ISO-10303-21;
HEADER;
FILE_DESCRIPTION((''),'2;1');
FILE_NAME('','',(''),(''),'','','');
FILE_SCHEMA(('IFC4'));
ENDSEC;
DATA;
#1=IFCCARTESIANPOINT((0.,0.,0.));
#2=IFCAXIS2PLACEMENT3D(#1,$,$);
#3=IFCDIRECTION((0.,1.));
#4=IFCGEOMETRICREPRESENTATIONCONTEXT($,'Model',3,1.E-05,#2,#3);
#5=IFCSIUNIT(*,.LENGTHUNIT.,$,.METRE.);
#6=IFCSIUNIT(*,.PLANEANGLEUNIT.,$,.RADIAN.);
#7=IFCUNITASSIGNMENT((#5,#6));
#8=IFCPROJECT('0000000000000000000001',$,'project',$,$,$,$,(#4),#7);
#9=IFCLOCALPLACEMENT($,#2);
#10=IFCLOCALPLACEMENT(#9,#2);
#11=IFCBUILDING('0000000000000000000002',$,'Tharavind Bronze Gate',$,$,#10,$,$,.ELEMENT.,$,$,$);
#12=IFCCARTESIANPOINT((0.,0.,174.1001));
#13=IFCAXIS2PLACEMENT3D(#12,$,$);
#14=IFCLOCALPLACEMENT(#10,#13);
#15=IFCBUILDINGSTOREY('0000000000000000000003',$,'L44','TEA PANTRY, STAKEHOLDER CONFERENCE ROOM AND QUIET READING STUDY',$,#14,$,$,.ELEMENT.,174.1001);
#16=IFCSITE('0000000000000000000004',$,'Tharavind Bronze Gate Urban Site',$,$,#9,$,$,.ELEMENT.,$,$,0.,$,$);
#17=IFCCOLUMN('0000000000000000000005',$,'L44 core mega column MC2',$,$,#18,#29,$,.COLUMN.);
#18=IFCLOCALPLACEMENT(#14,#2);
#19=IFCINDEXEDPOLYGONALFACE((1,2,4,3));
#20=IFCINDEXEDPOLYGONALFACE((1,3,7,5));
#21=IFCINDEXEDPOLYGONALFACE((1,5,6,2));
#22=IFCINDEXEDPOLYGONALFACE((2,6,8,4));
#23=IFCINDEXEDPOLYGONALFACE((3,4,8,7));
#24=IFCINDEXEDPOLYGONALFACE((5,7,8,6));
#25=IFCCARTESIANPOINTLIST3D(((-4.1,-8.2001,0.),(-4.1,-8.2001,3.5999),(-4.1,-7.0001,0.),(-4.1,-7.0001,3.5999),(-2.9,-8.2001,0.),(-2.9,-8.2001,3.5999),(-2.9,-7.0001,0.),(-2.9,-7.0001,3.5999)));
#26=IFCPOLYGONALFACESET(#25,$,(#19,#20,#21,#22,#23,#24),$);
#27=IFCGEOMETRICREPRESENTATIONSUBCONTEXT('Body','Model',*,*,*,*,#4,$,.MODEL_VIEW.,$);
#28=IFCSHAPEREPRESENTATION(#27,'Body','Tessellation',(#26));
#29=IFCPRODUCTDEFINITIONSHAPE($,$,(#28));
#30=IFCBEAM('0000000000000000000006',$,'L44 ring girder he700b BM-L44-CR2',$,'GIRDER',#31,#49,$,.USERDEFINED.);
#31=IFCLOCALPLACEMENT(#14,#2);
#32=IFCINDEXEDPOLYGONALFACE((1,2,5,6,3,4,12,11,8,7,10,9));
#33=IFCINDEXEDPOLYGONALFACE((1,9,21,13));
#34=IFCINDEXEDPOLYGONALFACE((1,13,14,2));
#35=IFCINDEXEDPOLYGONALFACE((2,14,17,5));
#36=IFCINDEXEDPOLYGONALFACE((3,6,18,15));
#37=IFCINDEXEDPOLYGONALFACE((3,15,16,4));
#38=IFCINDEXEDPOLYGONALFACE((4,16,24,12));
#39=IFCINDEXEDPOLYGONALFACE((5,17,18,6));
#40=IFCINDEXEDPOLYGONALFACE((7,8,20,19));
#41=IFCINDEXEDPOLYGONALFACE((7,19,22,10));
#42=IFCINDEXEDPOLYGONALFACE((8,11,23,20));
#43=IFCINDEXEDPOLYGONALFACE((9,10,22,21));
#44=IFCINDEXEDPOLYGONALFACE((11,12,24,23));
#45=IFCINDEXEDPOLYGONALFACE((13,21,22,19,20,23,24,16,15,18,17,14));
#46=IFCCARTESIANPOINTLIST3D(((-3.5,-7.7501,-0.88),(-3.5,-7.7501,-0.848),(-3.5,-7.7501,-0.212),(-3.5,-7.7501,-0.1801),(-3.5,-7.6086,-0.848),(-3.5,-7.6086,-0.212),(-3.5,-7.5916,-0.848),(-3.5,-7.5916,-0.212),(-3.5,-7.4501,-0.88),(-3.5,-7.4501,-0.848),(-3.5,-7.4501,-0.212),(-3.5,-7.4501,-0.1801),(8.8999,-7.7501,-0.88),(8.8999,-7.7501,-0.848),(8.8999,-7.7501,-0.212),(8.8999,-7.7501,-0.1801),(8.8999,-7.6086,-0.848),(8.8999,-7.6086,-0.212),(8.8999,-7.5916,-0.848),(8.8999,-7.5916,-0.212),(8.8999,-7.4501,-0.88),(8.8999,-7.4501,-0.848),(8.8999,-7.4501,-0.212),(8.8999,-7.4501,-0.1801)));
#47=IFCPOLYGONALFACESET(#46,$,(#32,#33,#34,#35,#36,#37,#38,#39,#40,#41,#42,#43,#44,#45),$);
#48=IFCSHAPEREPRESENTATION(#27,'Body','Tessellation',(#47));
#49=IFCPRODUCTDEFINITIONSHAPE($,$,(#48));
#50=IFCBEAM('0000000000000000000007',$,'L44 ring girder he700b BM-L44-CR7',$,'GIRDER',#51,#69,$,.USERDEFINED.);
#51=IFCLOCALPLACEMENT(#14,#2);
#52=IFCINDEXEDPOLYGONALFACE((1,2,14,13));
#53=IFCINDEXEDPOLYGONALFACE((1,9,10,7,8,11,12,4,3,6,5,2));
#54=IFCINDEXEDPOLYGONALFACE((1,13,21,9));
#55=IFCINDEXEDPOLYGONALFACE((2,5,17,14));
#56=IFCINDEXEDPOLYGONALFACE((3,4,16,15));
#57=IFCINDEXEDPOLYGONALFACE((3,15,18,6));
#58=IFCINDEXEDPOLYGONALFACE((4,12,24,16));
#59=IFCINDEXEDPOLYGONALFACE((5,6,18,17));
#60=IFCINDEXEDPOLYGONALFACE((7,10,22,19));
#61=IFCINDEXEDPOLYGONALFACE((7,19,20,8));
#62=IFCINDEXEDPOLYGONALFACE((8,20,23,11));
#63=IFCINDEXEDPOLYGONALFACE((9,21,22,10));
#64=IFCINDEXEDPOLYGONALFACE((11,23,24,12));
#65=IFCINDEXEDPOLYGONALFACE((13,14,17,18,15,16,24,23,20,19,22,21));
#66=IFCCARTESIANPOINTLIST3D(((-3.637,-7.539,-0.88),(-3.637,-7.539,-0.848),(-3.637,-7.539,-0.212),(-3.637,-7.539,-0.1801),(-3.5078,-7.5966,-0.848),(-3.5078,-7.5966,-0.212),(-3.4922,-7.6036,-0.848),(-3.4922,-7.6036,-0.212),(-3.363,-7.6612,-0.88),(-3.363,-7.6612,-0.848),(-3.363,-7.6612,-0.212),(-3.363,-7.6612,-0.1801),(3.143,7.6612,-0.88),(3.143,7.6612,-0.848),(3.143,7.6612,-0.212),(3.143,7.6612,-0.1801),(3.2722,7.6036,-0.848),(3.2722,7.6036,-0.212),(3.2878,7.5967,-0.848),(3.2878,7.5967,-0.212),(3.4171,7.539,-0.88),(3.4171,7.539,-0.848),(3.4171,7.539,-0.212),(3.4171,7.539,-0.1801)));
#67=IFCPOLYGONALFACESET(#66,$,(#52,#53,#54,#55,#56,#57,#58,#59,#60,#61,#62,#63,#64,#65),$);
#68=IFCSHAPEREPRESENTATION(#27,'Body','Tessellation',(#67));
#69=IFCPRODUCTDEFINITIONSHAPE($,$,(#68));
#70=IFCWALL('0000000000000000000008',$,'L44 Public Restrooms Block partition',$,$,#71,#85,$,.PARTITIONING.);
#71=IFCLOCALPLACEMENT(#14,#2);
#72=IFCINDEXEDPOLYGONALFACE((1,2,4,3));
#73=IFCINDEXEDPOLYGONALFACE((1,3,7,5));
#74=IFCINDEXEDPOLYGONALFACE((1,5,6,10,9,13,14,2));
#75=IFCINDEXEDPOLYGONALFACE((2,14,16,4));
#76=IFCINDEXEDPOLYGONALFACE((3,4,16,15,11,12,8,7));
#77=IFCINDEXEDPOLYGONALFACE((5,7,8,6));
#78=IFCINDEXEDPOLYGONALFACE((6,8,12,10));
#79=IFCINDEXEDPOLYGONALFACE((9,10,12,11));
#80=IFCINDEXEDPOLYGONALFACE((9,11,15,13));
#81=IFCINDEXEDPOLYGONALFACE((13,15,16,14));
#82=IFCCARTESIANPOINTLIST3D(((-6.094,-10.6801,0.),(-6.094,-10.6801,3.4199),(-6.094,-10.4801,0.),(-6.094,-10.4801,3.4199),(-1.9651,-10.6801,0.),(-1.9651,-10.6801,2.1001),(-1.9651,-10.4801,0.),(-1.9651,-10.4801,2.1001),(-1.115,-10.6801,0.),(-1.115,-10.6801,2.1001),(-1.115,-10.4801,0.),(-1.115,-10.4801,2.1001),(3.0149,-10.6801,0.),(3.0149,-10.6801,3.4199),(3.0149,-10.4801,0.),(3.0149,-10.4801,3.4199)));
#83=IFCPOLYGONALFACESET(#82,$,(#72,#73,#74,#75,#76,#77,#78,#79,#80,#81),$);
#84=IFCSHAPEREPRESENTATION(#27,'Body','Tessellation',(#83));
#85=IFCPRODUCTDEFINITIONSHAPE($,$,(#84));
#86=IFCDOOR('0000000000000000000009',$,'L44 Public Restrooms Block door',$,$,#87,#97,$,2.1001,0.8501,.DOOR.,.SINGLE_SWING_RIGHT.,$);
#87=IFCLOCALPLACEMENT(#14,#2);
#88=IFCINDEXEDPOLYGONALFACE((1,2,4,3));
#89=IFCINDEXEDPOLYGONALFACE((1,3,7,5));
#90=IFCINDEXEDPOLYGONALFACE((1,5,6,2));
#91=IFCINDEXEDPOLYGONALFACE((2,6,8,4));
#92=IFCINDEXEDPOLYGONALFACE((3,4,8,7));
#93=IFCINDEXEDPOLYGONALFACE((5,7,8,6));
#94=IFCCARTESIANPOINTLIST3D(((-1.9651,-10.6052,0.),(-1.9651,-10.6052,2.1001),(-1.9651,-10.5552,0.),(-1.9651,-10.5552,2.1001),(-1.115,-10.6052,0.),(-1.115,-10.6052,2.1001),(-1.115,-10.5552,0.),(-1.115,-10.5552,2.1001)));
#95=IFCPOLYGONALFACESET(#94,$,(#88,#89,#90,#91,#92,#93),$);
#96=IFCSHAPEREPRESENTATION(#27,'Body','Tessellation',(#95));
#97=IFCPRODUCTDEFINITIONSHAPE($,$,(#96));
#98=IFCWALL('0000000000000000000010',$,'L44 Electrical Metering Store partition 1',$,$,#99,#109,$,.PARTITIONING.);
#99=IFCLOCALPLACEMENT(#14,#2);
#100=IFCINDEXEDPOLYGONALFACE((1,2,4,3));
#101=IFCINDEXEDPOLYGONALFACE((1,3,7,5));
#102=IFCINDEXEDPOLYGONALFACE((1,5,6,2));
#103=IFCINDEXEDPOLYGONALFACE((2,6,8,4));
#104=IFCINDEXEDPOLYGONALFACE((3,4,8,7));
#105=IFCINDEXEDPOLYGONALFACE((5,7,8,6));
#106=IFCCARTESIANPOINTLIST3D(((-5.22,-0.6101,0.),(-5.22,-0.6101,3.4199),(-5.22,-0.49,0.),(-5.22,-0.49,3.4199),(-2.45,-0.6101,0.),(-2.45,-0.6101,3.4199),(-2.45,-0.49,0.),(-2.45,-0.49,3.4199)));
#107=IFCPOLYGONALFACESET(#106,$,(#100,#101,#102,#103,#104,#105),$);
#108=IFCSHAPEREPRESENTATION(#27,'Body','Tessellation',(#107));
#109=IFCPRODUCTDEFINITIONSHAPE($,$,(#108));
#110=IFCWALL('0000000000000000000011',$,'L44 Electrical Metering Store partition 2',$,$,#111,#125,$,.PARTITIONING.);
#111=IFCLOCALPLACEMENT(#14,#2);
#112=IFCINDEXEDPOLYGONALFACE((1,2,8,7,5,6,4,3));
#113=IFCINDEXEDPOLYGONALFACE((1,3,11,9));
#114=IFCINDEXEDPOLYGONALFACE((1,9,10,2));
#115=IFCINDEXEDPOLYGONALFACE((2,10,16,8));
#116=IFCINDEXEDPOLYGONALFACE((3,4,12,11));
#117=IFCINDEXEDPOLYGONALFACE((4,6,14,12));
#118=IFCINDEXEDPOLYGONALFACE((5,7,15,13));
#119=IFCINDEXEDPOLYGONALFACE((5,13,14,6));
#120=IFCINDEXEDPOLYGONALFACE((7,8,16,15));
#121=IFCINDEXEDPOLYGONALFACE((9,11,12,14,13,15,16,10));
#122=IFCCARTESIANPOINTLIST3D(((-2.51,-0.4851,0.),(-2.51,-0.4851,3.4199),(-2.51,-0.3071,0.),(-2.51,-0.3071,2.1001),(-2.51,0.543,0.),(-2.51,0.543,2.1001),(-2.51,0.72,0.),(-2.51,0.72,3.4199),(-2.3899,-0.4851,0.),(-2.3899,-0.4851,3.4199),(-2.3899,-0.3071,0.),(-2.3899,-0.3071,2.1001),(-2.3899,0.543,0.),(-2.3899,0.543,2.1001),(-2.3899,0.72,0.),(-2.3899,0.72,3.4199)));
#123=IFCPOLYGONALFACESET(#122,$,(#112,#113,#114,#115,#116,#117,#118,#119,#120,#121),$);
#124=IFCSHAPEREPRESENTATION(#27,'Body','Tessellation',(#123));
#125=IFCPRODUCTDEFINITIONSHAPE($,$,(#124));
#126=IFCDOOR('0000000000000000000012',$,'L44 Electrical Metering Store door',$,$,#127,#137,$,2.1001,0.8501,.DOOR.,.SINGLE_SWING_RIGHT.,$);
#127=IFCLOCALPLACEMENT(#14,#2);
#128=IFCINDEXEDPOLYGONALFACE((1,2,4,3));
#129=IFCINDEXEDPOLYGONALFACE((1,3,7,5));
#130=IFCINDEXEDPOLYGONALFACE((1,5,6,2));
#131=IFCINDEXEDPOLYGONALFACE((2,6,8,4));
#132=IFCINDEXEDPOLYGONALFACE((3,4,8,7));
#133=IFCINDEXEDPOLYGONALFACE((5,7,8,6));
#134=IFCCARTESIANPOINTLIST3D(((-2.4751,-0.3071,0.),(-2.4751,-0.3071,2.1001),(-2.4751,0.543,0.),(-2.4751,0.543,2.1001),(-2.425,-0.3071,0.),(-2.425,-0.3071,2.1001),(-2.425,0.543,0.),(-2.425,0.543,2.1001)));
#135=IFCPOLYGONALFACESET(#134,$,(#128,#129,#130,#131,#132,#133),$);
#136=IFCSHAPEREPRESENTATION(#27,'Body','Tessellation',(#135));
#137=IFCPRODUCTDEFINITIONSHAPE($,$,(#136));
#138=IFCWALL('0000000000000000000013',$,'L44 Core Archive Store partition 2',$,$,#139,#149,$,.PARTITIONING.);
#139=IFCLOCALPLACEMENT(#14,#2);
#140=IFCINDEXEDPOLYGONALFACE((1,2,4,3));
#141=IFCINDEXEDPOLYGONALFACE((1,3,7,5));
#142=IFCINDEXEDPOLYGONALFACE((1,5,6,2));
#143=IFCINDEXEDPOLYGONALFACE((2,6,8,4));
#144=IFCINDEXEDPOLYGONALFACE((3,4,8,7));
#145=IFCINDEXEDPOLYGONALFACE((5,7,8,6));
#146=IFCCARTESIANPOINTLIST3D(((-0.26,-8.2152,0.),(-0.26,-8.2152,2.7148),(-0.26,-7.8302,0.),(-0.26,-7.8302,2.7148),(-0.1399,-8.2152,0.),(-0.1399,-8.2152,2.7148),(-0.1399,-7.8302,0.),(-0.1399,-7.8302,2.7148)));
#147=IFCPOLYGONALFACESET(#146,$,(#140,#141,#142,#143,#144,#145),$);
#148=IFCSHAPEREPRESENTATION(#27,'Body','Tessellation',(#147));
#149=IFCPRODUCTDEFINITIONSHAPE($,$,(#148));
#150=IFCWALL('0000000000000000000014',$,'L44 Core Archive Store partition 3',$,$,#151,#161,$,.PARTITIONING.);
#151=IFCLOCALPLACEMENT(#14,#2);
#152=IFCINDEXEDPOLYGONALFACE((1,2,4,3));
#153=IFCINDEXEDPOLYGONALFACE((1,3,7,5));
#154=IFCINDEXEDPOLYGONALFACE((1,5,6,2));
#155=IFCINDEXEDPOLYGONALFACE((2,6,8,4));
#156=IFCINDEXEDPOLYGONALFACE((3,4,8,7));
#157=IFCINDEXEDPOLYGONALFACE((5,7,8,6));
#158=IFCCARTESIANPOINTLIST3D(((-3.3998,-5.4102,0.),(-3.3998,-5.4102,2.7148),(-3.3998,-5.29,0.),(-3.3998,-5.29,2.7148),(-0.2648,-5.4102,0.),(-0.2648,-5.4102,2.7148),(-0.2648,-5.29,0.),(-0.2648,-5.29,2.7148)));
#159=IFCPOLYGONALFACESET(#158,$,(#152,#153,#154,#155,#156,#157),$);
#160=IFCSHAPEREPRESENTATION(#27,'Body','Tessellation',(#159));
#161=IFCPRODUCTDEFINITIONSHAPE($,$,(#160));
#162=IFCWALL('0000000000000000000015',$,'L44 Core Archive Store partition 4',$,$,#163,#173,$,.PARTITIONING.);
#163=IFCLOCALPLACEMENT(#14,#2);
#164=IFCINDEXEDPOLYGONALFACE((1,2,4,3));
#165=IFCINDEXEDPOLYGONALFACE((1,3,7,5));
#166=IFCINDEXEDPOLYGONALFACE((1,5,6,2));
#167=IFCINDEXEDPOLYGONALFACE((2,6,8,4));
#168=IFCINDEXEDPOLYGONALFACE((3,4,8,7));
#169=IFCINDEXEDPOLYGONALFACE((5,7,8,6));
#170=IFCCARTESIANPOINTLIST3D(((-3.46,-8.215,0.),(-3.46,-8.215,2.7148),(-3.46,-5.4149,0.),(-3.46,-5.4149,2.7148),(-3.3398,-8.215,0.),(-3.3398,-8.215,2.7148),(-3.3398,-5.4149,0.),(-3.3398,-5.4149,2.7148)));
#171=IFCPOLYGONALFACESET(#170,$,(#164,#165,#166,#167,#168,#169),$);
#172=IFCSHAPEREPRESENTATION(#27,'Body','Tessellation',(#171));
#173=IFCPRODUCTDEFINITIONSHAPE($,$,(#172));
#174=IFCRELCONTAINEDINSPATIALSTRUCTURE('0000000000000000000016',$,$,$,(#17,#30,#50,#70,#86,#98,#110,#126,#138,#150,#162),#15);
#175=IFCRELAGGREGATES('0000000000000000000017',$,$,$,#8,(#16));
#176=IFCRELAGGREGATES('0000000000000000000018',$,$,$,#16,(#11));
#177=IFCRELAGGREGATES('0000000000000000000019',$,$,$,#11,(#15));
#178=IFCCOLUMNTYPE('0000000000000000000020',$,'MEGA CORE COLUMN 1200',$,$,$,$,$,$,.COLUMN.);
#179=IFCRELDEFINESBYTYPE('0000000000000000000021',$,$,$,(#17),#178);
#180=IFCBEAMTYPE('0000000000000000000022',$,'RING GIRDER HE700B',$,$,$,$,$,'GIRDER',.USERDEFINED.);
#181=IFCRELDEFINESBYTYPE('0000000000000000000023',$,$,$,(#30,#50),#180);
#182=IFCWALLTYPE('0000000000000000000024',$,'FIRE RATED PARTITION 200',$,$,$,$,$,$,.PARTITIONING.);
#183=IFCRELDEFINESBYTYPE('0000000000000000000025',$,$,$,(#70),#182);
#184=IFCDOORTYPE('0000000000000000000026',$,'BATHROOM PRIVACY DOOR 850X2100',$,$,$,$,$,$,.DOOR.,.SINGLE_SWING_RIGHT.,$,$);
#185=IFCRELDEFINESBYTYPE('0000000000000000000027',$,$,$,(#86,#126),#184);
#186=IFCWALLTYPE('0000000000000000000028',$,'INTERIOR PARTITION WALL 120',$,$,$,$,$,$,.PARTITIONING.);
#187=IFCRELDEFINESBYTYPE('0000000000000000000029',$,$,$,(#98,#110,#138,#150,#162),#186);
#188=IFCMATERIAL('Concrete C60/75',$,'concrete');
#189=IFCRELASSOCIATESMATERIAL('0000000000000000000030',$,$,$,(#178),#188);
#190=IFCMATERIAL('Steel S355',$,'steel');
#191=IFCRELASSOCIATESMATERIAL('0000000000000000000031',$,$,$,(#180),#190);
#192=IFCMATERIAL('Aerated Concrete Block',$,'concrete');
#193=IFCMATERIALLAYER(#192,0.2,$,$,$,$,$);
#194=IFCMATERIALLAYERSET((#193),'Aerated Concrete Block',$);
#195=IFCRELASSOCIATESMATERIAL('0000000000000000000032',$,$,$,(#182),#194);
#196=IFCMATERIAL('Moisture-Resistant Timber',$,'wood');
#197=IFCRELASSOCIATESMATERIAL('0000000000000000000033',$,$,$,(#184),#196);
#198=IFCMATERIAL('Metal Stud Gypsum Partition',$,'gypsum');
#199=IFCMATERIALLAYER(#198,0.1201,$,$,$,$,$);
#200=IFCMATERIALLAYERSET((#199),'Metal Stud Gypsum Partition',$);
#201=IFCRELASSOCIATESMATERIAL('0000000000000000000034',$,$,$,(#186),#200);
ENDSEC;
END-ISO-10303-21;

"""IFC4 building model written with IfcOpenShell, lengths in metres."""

from ifc_helpers import new_model, si_unit, direction, frame, frame_2d, origin, origin_2d, place, context, subcontext, project, spatial, rectangle, i_section, extrude, material, layer, layer_set, material_profile, profile_set, type_object, element, fill, save


model = new_model("IFC4")

# Units and contexts
model_context = context("Model", 3, precision=1e-05, world=origin(), true_north=direction((0.0, 1.0)))
body_context = subcontext(model_context, "Body", "Model", "MODEL_VIEW")
ifc_project = project(units=[si_unit("LENGTHUNIT", "METRE"), si_unit("PLANEANGLEUNIT", "RADIAN")], contexts=[model_context])

# Site, building, storey
site_placement = place(None, origin())
site = spatial("IfcSite", under=ifc_project, at=site_placement, Name="Tharavind Bronze Gate Urban Site", CompositionType="ELEMENT", RefElevation=0.0)
building_placement = place(site_placement, origin())
building = spatial("IfcBuilding", under=site, at=building_placement, Name="Tharavind Bronze Gate", CompositionType="ELEMENT")
storey_placement = place(building_placement, frame((0.0, 0.0, 174.1001)))
storey = spatial("IfcBuildingStorey", under=building, at=storey_placement, Name="L44", Description="TEA PANTRY, STAKEHOLDER CONFERENCE ROOM AND QUIET READING STUDY", CompositionType="ELEMENT", Elevation=174.1001)

# Column
ifc_material_1 = material(Name="Concrete C60/75", Category="concrete")
ifc_material_profile_1 = material_profile(ifc_material_1, rectangle(XDim=1.2, YDim=1.2, at=origin_2d()), Name="RCCOL1200")
ifc_profile_set_1 = profile_set([ifc_material_profile_1], Name="Concrete C60/75")
column_type = type_object("IfcColumnType", Name="MEGA CORE COLUMN 1200", PredefinedType="COLUMN", material=ifc_profile_set_1)
column_placement = place(storey_placement, frame((-3.5, -7.6001, 0.0), z_axis=(0.0, 0.0, 1.0), x_axis=(1.0, 0.0, 0.0)))
element("IfcColumn", 1, at=column_placement, inside=storey, type_object=column_type, Name="L44 core mega column MC2", PredefinedType="COLUMN", context=body_context, shape_type="SweptSolid", body=[
    extrude(rectangle(XDim=1.2, YDim=1.2, at=origin_2d()), origin(), (0.0, 0.0, 1.0), 3.5999),
])

# Beams
ifc_material_2 = material(Name="Steel S355", Category="steel")
ifc_material_profile_2 = material_profile(ifc_material_2, i_section(OverallWidth=0.3, OverallDepth=0.7, WebThickness=0.0171, FlangeThickness=0.032, at=origin_2d()), Name="HE700B")
ifc_profile_set_2 = profile_set([ifc_material_profile_2], Name="Steel S355")
beam_type = type_object("IfcBeamType", Name="RING GIRDER HE700B", ElementType="GIRDER", PredefinedType="USERDEFINED", material=ifc_profile_set_2)
beam_1_placement = place(storey_placement, frame((-3.5, -7.6001, -0.53), z_axis=(1.0, 0.0, 0.0), x_axis=(0.0, 1.0, 0.0)))
element("IfcBeam", 2, at=beam_1_placement, inside=storey, type_object=beam_type, Name="L44 ring girder he700b BM-L44-CR2", ObjectType="GIRDER", PredefinedType="USERDEFINED", context=body_context, shape_type="SweptSolid", body=[
    extrude(i_section(OverallWidth=0.3, OverallDepth=0.7, WebThickness=0.0171, FlangeThickness=0.032, at=origin_2d()), origin(), (0.0, 0.0, 1.0), 12.3999),
])
beam_2_placement = place(storey_placement, frame((-3.5, -7.6001, -0.53), z_axis=(0.407362, 0.913267, 0.0), x_axis=(-0.913267, 0.407362, 0.0)))
element("IfcBeam", 3, at=beam_2_placement, inside=storey, type_object=beam_type, Name="L44 ring girder he700b BM-L44-CR7", ObjectType="GIRDER", PredefinedType="USERDEFINED", context=body_context, shape_type="SweptSolid", body=[
    extrude(i_section(OverallWidth=0.3, OverallDepth=0.7, WebThickness=0.0171, FlangeThickness=0.032, at=origin_2d()), origin(), (0.0, 0.0, 1.0), 16.6438),
])

# Wall, opening, door
ifc_material_3 = material(Name="Aerated Concrete Block", Category="concrete")
ifc_layer_1 = layer(ifc_material_3, 0.2)
ifc_layer_set_1 = layer_set([ifc_layer_1], Name="Aerated Concrete Block")
wall_type_1 = type_object("IfcWallType", Name="FIRE RATED PARTITION 200", PredefinedType="PARTITIONING", material=ifc_layer_set_1)
wall_1_placement = place(storey_placement, frame((-6.094, -10.5801, 0.0), z_axis=(0.0, 0.0, 1.0), x_axis=(1.0, 0.0, 0.0)))
wall_1 = element("IfcWall", 4, at=wall_1_placement, inside=storey, type_object=wall_type_1, Name="L44 Public Restrooms Block partition", PredefinedType="PARTITIONING", context=body_context, shape_type="SweptSolid", body=[
    extrude(rectangle(XDim=9.1089, YDim=0.2, at=frame_2d((4.5544, 0.0))), origin(), (0.0, 0.0, 1.0), 3.4199),
])
opening_1_placement = place(wall_1_placement, frame((4.1289, 0.0, 0.0)))
opening_1 = element("IfcOpeningElement", 5, at=opening_1_placement, cuts=wall_1, PredefinedType="OPENING", context=body_context, shape_type="SweptSolid", body=[
    extrude(rectangle(XDim=0.8501, YDim=2.1001, at=frame_2d((0.425, 1.05))), frame((0.0, 0.1101, 0.0), z_axis=(0.0, -1.0, 0.0), x_axis=(1.0, 0.0, 0.0)), (0.0, 0.0, 1.0), 0.22),
])
ifc_material_4 = material(Name="Moisture-Resistant Timber", Category="wood")
door_type_1 = type_object("IfcDoorType", Name="BATHROOM PRIVACY DOOR 850X2100", OperationType="SINGLE_SWING_RIGHT", PredefinedType="DOOR", material=ifc_material_4)
door_1_placement = place(opening_1_placement, origin())
door_1 = element("IfcDoor", 6, at=door_1_placement, inside=storey, type_object=door_type_1, Name="L44 Public Restrooms Block door", OperationType="SINGLE_SWING_RIGHT", OverallHeight=2.1001, OverallWidth=0.8501, PredefinedType="DOOR", context=body_context, shape_type="SweptSolid", body=[
    extrude(rectangle(XDim=0.8501, YDim=2.1001, at=frame_2d((0.425, 1.05))), frame((0.0, 0.0249, 0.0), z_axis=(0.0, -1.0, 0.0), x_axis=(1.0, 0.0, 0.0)), (0.0, 0.0, 1.0), 0.05),
])
fill(opening_1, door_1)

# Wall
ifc_material_5 = material(Name="Metal Stud Gypsum Partition", Category="gypsum")
ifc_layer_2 = layer(ifc_material_5, 0.1201)
ifc_layer_set_2 = layer_set([ifc_layer_2], Name="Metal Stud Gypsum Partition")
wall_type_2 = type_object("IfcWallType", Name="INTERIOR PARTITION WALL 120", PredefinedType="PARTITIONING", material=ifc_layer_set_2)
wall_2_placement = place(storey_placement, frame((-5.22, -0.55, 0.0), z_axis=(0.0, 0.0, 1.0), x_axis=(1.0, 0.0, 0.0)))
element("IfcWall", 7, at=wall_2_placement, inside=storey, type_object=wall_type_2, Name="L44 Electrical Metering Store partition 1", PredefinedType="PARTITIONING", context=body_context, shape_type="SweptSolid", body=[
    extrude(rectangle(XDim=2.77, YDim=0.1201, at=frame_2d((1.385, 0.0))), origin(), (0.0, 0.0, 1.0), 3.4199),
])

# Wall, opening, door
wall_3_placement = place(storey_placement, frame((-2.45, -0.4851, 0.0), z_axis=(0.0, 0.0, 1.0), x_axis=(0.0, 1.0, 0.0)))
wall_3 = element("IfcWall", 8, at=wall_3_placement, inside=storey, type_object=wall_type_2, Name="L44 Electrical Metering Store partition 2", PredefinedType="PARTITIONING", context=body_context, shape_type="SweptSolid", body=[
    extrude(rectangle(XDim=1.2051, YDim=0.1201, at=frame_2d((0.6025, 0.0))), origin(), (0.0, 0.0, 1.0), 3.4199),
])
opening_2_placement = place(wall_3_placement, frame((0.178, 0.0, 0.0)))
opening_2 = element("IfcOpeningElement", 9, at=opening_2_placement, cuts=wall_3, PredefinedType="OPENING", context=body_context, shape_type="SweptSolid", body=[
    extrude(rectangle(XDim=0.8501, YDim=2.1001, at=frame_2d((0.425, 1.05))), frame((0.0, 0.0701, 0.0), z_axis=(0.0, -1.0, 0.0), x_axis=(1.0, 0.0, 0.0)), (0.0, 0.0, 1.0), 0.1401),
])
door_2_placement = place(opening_2_placement, frame((0.8501, 0.0, 0.0), z_axis=(0.0, 0.0, 1.0), x_axis=(-1.0, 0.0, 0.0)))
door_2 = element("IfcDoor", 10, at=door_2_placement, inside=storey, type_object=door_type_1, Name="L44 Electrical Metering Store door", OperationType="SINGLE_SWING_RIGHT", OverallHeight=2.1001, OverallWidth=0.8501, PredefinedType="DOOR", context=body_context, shape_type="SweptSolid", body=[
    extrude(rectangle(XDim=0.8501, YDim=2.1001, at=frame_2d((0.425, 1.05))), frame((0.0, 0.0249, 0.0), z_axis=(0.0, -1.0, 0.0), x_axis=(1.0, 0.0, 0.0)), (0.0, 0.0, 1.0), 0.05),
])
fill(opening_2, door_2)

# Walls
wall_4_placement = place(storey_placement, frame((-0.2, -8.2151, 0.0), z_axis=(0.0, 0.0, 1.0), x_axis=(0.0, 1.0, 0.0)))
element("IfcWall", 11, at=wall_4_placement, inside=storey, type_object=wall_type_2, Name="L44 Core Archive Store partition 2", PredefinedType="PARTITIONING", context=body_context, shape_type="SweptSolid", body=[
    extrude(rectangle(XDim=0.385, YDim=0.1201, at=frame_2d((0.1924, 0.0))), origin(), (0.0, 0.0, 1.0), 2.7148),
])
wall_5_placement = place(storey_placement, frame((-0.2649, -5.3501, 0.0), z_axis=(0.0, 0.0, 1.0), x_axis=(-1.0, 0.0, 0.0)))
element("IfcWall", 12, at=wall_5_placement, inside=storey, type_object=wall_type_2, Name="L44 Core Archive Store partition 3", PredefinedType="PARTITIONING", context=body_context, shape_type="SweptSolid", body=[
    extrude(rectangle(XDim=3.135, YDim=0.1201, at=frame_2d((1.5674, 0.0))), origin(), (0.0, 0.0, 1.0), 2.7148),
])
wall_6_placement = place(storey_placement, frame((-3.3999, -5.415, 0.0), z_axis=(0.0, 0.0, 1.0), x_axis=(0.0, -1.0, 0.0)))
element("IfcWall", 13, at=wall_6_placement, inside=storey, type_object=wall_type_2, Name="L44 Core Archive Store partition 4", PredefinedType="PARTITIONING", context=body_context, shape_type="SweptSolid", body=[
    extrude(rectangle(XDim=2.8, YDim=0.1201, at=frame_2d((1.3999, 0.0))), origin(), (0.0, 0.0, 1.0), 2.7148),
])

save(model, "model.ifc")
